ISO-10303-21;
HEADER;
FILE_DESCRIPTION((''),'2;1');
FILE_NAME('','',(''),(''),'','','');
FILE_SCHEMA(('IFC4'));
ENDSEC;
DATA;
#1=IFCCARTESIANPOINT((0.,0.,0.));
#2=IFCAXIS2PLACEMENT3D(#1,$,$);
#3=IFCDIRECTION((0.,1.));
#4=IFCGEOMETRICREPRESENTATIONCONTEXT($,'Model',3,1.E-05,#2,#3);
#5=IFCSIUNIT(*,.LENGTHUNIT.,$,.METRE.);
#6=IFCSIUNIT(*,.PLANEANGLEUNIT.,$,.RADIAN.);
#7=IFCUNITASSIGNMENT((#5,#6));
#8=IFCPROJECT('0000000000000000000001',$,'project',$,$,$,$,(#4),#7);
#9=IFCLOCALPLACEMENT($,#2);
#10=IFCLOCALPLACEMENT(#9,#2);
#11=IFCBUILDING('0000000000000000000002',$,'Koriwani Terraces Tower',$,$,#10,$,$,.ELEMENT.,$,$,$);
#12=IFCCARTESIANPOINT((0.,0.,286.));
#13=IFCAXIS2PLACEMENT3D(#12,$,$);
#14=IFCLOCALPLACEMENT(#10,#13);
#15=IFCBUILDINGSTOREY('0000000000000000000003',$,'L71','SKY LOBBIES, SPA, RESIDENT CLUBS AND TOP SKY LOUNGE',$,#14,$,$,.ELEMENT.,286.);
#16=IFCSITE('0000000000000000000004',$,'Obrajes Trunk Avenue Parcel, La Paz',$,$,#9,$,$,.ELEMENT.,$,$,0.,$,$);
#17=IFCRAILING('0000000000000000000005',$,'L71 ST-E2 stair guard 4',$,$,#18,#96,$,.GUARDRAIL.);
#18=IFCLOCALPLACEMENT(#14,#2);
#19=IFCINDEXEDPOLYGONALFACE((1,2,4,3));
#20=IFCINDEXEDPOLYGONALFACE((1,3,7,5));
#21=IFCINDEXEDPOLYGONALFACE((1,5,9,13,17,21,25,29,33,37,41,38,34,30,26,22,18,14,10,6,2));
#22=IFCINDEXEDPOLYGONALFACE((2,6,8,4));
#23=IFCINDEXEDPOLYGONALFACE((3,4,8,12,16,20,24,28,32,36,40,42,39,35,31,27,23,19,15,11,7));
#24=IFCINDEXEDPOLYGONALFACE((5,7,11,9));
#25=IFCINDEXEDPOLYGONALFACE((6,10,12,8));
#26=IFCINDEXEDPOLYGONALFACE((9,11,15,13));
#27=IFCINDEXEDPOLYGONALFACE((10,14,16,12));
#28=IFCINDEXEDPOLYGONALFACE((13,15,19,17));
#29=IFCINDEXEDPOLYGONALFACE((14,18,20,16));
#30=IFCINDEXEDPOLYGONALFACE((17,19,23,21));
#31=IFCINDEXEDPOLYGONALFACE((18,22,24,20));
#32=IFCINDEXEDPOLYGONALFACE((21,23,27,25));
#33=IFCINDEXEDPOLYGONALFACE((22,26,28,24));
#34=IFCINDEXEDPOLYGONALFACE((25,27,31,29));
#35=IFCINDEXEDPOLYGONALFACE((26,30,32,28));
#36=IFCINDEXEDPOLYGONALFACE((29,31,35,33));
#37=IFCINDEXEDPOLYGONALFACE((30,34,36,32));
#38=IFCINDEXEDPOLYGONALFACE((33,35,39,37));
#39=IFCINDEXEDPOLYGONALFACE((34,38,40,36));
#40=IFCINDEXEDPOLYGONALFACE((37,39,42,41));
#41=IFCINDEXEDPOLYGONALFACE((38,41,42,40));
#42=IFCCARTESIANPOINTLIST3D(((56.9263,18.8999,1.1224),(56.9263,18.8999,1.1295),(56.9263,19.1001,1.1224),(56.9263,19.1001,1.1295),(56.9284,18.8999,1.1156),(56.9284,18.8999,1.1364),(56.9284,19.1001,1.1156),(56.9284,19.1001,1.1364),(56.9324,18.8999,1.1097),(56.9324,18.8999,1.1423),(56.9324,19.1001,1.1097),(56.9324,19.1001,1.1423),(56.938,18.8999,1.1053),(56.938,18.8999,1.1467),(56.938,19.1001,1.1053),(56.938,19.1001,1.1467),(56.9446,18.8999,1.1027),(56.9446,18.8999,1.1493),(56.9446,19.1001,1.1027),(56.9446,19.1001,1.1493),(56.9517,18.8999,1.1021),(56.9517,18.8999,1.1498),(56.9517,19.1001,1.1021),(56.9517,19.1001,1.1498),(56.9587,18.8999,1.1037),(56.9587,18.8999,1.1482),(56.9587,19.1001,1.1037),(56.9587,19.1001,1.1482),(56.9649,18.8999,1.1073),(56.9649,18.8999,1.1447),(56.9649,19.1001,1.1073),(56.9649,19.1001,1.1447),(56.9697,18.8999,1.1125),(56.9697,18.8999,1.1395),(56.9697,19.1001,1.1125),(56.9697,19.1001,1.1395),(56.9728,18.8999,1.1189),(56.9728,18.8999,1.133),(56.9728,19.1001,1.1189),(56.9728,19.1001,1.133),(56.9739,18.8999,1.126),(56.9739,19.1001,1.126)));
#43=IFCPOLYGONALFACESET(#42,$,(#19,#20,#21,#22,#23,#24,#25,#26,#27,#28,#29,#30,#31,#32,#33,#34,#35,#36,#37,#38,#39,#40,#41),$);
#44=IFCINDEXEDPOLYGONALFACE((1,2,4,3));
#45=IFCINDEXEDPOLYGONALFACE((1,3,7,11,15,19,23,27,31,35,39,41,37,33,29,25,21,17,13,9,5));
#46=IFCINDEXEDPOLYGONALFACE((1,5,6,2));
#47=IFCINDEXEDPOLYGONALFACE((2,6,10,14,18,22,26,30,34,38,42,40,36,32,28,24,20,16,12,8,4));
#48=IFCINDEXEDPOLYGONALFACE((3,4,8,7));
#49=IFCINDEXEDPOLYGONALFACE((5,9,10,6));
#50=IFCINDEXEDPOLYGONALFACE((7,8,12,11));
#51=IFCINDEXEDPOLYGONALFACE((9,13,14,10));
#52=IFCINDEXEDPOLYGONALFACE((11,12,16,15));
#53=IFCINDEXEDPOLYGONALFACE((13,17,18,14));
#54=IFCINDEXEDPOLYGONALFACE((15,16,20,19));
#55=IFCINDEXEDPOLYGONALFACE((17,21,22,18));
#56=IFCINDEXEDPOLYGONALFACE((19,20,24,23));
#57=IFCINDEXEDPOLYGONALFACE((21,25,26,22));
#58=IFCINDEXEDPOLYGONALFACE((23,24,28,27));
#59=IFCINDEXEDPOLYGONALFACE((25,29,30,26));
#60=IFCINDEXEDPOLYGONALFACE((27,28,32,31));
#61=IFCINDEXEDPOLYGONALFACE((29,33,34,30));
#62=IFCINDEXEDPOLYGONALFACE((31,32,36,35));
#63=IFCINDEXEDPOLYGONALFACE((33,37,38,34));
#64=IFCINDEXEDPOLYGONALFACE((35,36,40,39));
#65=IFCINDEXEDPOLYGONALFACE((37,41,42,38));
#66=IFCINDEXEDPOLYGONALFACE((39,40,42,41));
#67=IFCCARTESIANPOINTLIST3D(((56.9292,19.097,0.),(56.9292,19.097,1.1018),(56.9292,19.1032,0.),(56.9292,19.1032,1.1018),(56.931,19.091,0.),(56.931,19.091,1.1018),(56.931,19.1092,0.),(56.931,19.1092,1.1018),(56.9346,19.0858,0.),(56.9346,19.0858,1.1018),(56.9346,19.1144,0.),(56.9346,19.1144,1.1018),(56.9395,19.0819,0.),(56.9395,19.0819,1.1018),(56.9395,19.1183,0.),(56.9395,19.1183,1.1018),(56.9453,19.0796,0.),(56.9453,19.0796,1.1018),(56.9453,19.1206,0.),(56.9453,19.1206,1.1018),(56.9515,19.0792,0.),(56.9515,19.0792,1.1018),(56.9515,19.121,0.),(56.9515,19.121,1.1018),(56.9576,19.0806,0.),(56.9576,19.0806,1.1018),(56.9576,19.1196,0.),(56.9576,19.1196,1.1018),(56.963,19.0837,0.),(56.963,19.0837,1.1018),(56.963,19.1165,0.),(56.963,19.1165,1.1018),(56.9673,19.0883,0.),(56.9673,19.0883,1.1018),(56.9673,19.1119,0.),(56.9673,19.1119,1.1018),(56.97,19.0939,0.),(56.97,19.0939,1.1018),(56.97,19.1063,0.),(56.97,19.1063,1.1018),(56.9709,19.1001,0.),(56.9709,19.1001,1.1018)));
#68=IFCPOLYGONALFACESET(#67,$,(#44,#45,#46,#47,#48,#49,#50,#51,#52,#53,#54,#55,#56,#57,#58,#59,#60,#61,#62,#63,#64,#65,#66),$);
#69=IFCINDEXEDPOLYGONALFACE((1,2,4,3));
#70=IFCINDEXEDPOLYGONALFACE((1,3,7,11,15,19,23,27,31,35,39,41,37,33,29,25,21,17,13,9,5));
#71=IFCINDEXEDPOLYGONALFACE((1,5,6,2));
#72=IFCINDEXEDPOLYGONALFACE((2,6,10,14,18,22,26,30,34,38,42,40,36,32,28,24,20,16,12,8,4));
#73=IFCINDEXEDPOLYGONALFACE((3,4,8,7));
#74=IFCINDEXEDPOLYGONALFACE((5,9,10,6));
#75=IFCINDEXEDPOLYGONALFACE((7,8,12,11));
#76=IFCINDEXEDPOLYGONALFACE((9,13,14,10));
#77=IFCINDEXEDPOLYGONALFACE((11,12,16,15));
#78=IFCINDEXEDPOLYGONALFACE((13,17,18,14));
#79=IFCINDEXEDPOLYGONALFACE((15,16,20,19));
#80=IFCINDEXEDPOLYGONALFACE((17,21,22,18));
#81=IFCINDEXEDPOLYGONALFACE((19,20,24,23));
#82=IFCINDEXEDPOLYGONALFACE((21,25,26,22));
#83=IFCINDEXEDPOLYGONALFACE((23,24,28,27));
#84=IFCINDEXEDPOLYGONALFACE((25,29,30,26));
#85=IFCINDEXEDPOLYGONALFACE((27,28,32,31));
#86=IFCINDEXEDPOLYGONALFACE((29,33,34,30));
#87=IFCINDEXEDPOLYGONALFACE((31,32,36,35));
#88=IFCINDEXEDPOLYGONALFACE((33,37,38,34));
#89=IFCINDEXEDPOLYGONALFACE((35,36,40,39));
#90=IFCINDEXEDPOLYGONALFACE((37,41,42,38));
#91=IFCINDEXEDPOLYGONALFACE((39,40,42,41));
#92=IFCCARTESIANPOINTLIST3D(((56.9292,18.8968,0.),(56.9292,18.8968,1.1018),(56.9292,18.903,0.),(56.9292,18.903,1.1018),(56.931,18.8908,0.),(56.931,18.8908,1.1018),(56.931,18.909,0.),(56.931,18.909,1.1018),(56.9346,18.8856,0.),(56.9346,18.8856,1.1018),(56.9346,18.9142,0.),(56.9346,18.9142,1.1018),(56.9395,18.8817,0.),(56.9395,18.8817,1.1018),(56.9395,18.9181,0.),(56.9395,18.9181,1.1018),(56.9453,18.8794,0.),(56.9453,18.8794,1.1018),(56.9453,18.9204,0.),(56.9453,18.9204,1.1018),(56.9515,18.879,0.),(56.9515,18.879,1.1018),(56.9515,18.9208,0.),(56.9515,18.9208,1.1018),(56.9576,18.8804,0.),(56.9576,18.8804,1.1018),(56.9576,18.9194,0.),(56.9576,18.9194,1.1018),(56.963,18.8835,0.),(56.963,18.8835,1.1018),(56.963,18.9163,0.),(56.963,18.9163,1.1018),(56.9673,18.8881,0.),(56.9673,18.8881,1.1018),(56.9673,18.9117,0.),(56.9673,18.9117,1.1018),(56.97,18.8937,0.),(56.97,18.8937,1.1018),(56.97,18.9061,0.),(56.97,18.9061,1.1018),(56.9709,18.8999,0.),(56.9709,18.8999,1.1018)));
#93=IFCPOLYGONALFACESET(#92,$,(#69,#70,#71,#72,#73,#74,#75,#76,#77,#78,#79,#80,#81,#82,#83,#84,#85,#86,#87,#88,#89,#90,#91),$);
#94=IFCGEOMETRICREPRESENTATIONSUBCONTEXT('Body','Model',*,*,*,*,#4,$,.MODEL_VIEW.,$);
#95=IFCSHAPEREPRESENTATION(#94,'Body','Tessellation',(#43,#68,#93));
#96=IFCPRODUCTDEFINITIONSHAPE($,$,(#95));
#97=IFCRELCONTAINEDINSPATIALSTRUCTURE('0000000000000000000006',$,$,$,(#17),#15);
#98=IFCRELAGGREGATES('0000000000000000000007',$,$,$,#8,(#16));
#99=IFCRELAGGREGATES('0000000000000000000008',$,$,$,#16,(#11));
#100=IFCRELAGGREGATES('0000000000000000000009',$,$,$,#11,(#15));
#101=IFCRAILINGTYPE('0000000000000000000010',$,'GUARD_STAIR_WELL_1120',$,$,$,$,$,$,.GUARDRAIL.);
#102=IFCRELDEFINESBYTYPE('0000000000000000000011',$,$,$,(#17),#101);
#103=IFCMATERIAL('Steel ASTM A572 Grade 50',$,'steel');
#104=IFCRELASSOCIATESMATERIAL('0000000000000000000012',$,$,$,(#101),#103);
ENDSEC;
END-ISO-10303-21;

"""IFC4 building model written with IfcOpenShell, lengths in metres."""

from ifc_helpers import new_model, si_unit, direction, frame, origin, origin_2d, place, context, subcontext, project, spatial, circle, extrude, material, type_object, element, save


model = new_model("IFC4")

# Units and contexts
model_context = context("Model", 3, precision=1e-05, world=origin(), true_north=direction((0.0, 1.0)))
body_context = subcontext(model_context, "Body", "Model", "MODEL_VIEW")
ifc_project = project(units=[si_unit("LENGTHUNIT", "METRE"), si_unit("PLANEANGLEUNIT", "RADIAN")], contexts=[model_context])

# Site, building, storey
site_placement = place(None, origin())
site = spatial("IfcSite", under=ifc_project, at=site_placement, Name="Obrajes Trunk Avenue Parcel, La Paz", CompositionType="ELEMENT", RefElevation=0.0)
building_placement = place(site_placement, origin())
building = spatial("IfcBuilding", under=site, at=building_placement, Name="Koriwani Terraces Tower", CompositionType="ELEMENT")
storey_placement = place(building_placement, frame((0.0, 0.0, 286.0)))
storey = spatial("IfcBuildingStorey", under=building, at=storey_placement, Name="L71", Description="SKY LOBBIES, SPA, RESIDENT CLUBS AND TOP SKY LOUNGE", CompositionType="ELEMENT", Elevation=286.0)

# Shared definitions
ifc_material_1 = material(Name="Steel ASTM A572 Grade 50", Category="steel")

# Railing
railing_type_1 = type_object("IfcRailingType", Name="GUARD_STAIR_WELL_1120", PredefinedType="GUARDRAIL", material=ifc_material_1)
railing_1_placement = place(storey_placement, frame((56.95, 19.1001, 0.0)))
element("IfcRailing", 1, at=railing_1_placement, inside=storey, type_object=railing_type_1, Name="L71 ST-E2 stair guard 4", PredefinedType="GUARDRAIL", context=body_context, shape_type="SweptSolid", body=[
    extrude(circle(Radius=0.0239, at=origin_2d()), frame((0.0, 0.0, 1.126), z_axis=(0.0, -1.0, 0.0), x_axis=(1.0, 0.0, 0.0)), (0.0, 0.0, 1.0), 0.2002),
    extrude(circle(Radius=0.021, at=origin_2d()), origin(), (0.0, 0.0, 1.0), 1.1018),
    extrude(circle(Radius=0.021, at=origin_2d()), frame((0.0, -0.2002, 0.0)), (0.0, 0.0, 1.0), 1.1018),
])

save(model, "model.ifc")
